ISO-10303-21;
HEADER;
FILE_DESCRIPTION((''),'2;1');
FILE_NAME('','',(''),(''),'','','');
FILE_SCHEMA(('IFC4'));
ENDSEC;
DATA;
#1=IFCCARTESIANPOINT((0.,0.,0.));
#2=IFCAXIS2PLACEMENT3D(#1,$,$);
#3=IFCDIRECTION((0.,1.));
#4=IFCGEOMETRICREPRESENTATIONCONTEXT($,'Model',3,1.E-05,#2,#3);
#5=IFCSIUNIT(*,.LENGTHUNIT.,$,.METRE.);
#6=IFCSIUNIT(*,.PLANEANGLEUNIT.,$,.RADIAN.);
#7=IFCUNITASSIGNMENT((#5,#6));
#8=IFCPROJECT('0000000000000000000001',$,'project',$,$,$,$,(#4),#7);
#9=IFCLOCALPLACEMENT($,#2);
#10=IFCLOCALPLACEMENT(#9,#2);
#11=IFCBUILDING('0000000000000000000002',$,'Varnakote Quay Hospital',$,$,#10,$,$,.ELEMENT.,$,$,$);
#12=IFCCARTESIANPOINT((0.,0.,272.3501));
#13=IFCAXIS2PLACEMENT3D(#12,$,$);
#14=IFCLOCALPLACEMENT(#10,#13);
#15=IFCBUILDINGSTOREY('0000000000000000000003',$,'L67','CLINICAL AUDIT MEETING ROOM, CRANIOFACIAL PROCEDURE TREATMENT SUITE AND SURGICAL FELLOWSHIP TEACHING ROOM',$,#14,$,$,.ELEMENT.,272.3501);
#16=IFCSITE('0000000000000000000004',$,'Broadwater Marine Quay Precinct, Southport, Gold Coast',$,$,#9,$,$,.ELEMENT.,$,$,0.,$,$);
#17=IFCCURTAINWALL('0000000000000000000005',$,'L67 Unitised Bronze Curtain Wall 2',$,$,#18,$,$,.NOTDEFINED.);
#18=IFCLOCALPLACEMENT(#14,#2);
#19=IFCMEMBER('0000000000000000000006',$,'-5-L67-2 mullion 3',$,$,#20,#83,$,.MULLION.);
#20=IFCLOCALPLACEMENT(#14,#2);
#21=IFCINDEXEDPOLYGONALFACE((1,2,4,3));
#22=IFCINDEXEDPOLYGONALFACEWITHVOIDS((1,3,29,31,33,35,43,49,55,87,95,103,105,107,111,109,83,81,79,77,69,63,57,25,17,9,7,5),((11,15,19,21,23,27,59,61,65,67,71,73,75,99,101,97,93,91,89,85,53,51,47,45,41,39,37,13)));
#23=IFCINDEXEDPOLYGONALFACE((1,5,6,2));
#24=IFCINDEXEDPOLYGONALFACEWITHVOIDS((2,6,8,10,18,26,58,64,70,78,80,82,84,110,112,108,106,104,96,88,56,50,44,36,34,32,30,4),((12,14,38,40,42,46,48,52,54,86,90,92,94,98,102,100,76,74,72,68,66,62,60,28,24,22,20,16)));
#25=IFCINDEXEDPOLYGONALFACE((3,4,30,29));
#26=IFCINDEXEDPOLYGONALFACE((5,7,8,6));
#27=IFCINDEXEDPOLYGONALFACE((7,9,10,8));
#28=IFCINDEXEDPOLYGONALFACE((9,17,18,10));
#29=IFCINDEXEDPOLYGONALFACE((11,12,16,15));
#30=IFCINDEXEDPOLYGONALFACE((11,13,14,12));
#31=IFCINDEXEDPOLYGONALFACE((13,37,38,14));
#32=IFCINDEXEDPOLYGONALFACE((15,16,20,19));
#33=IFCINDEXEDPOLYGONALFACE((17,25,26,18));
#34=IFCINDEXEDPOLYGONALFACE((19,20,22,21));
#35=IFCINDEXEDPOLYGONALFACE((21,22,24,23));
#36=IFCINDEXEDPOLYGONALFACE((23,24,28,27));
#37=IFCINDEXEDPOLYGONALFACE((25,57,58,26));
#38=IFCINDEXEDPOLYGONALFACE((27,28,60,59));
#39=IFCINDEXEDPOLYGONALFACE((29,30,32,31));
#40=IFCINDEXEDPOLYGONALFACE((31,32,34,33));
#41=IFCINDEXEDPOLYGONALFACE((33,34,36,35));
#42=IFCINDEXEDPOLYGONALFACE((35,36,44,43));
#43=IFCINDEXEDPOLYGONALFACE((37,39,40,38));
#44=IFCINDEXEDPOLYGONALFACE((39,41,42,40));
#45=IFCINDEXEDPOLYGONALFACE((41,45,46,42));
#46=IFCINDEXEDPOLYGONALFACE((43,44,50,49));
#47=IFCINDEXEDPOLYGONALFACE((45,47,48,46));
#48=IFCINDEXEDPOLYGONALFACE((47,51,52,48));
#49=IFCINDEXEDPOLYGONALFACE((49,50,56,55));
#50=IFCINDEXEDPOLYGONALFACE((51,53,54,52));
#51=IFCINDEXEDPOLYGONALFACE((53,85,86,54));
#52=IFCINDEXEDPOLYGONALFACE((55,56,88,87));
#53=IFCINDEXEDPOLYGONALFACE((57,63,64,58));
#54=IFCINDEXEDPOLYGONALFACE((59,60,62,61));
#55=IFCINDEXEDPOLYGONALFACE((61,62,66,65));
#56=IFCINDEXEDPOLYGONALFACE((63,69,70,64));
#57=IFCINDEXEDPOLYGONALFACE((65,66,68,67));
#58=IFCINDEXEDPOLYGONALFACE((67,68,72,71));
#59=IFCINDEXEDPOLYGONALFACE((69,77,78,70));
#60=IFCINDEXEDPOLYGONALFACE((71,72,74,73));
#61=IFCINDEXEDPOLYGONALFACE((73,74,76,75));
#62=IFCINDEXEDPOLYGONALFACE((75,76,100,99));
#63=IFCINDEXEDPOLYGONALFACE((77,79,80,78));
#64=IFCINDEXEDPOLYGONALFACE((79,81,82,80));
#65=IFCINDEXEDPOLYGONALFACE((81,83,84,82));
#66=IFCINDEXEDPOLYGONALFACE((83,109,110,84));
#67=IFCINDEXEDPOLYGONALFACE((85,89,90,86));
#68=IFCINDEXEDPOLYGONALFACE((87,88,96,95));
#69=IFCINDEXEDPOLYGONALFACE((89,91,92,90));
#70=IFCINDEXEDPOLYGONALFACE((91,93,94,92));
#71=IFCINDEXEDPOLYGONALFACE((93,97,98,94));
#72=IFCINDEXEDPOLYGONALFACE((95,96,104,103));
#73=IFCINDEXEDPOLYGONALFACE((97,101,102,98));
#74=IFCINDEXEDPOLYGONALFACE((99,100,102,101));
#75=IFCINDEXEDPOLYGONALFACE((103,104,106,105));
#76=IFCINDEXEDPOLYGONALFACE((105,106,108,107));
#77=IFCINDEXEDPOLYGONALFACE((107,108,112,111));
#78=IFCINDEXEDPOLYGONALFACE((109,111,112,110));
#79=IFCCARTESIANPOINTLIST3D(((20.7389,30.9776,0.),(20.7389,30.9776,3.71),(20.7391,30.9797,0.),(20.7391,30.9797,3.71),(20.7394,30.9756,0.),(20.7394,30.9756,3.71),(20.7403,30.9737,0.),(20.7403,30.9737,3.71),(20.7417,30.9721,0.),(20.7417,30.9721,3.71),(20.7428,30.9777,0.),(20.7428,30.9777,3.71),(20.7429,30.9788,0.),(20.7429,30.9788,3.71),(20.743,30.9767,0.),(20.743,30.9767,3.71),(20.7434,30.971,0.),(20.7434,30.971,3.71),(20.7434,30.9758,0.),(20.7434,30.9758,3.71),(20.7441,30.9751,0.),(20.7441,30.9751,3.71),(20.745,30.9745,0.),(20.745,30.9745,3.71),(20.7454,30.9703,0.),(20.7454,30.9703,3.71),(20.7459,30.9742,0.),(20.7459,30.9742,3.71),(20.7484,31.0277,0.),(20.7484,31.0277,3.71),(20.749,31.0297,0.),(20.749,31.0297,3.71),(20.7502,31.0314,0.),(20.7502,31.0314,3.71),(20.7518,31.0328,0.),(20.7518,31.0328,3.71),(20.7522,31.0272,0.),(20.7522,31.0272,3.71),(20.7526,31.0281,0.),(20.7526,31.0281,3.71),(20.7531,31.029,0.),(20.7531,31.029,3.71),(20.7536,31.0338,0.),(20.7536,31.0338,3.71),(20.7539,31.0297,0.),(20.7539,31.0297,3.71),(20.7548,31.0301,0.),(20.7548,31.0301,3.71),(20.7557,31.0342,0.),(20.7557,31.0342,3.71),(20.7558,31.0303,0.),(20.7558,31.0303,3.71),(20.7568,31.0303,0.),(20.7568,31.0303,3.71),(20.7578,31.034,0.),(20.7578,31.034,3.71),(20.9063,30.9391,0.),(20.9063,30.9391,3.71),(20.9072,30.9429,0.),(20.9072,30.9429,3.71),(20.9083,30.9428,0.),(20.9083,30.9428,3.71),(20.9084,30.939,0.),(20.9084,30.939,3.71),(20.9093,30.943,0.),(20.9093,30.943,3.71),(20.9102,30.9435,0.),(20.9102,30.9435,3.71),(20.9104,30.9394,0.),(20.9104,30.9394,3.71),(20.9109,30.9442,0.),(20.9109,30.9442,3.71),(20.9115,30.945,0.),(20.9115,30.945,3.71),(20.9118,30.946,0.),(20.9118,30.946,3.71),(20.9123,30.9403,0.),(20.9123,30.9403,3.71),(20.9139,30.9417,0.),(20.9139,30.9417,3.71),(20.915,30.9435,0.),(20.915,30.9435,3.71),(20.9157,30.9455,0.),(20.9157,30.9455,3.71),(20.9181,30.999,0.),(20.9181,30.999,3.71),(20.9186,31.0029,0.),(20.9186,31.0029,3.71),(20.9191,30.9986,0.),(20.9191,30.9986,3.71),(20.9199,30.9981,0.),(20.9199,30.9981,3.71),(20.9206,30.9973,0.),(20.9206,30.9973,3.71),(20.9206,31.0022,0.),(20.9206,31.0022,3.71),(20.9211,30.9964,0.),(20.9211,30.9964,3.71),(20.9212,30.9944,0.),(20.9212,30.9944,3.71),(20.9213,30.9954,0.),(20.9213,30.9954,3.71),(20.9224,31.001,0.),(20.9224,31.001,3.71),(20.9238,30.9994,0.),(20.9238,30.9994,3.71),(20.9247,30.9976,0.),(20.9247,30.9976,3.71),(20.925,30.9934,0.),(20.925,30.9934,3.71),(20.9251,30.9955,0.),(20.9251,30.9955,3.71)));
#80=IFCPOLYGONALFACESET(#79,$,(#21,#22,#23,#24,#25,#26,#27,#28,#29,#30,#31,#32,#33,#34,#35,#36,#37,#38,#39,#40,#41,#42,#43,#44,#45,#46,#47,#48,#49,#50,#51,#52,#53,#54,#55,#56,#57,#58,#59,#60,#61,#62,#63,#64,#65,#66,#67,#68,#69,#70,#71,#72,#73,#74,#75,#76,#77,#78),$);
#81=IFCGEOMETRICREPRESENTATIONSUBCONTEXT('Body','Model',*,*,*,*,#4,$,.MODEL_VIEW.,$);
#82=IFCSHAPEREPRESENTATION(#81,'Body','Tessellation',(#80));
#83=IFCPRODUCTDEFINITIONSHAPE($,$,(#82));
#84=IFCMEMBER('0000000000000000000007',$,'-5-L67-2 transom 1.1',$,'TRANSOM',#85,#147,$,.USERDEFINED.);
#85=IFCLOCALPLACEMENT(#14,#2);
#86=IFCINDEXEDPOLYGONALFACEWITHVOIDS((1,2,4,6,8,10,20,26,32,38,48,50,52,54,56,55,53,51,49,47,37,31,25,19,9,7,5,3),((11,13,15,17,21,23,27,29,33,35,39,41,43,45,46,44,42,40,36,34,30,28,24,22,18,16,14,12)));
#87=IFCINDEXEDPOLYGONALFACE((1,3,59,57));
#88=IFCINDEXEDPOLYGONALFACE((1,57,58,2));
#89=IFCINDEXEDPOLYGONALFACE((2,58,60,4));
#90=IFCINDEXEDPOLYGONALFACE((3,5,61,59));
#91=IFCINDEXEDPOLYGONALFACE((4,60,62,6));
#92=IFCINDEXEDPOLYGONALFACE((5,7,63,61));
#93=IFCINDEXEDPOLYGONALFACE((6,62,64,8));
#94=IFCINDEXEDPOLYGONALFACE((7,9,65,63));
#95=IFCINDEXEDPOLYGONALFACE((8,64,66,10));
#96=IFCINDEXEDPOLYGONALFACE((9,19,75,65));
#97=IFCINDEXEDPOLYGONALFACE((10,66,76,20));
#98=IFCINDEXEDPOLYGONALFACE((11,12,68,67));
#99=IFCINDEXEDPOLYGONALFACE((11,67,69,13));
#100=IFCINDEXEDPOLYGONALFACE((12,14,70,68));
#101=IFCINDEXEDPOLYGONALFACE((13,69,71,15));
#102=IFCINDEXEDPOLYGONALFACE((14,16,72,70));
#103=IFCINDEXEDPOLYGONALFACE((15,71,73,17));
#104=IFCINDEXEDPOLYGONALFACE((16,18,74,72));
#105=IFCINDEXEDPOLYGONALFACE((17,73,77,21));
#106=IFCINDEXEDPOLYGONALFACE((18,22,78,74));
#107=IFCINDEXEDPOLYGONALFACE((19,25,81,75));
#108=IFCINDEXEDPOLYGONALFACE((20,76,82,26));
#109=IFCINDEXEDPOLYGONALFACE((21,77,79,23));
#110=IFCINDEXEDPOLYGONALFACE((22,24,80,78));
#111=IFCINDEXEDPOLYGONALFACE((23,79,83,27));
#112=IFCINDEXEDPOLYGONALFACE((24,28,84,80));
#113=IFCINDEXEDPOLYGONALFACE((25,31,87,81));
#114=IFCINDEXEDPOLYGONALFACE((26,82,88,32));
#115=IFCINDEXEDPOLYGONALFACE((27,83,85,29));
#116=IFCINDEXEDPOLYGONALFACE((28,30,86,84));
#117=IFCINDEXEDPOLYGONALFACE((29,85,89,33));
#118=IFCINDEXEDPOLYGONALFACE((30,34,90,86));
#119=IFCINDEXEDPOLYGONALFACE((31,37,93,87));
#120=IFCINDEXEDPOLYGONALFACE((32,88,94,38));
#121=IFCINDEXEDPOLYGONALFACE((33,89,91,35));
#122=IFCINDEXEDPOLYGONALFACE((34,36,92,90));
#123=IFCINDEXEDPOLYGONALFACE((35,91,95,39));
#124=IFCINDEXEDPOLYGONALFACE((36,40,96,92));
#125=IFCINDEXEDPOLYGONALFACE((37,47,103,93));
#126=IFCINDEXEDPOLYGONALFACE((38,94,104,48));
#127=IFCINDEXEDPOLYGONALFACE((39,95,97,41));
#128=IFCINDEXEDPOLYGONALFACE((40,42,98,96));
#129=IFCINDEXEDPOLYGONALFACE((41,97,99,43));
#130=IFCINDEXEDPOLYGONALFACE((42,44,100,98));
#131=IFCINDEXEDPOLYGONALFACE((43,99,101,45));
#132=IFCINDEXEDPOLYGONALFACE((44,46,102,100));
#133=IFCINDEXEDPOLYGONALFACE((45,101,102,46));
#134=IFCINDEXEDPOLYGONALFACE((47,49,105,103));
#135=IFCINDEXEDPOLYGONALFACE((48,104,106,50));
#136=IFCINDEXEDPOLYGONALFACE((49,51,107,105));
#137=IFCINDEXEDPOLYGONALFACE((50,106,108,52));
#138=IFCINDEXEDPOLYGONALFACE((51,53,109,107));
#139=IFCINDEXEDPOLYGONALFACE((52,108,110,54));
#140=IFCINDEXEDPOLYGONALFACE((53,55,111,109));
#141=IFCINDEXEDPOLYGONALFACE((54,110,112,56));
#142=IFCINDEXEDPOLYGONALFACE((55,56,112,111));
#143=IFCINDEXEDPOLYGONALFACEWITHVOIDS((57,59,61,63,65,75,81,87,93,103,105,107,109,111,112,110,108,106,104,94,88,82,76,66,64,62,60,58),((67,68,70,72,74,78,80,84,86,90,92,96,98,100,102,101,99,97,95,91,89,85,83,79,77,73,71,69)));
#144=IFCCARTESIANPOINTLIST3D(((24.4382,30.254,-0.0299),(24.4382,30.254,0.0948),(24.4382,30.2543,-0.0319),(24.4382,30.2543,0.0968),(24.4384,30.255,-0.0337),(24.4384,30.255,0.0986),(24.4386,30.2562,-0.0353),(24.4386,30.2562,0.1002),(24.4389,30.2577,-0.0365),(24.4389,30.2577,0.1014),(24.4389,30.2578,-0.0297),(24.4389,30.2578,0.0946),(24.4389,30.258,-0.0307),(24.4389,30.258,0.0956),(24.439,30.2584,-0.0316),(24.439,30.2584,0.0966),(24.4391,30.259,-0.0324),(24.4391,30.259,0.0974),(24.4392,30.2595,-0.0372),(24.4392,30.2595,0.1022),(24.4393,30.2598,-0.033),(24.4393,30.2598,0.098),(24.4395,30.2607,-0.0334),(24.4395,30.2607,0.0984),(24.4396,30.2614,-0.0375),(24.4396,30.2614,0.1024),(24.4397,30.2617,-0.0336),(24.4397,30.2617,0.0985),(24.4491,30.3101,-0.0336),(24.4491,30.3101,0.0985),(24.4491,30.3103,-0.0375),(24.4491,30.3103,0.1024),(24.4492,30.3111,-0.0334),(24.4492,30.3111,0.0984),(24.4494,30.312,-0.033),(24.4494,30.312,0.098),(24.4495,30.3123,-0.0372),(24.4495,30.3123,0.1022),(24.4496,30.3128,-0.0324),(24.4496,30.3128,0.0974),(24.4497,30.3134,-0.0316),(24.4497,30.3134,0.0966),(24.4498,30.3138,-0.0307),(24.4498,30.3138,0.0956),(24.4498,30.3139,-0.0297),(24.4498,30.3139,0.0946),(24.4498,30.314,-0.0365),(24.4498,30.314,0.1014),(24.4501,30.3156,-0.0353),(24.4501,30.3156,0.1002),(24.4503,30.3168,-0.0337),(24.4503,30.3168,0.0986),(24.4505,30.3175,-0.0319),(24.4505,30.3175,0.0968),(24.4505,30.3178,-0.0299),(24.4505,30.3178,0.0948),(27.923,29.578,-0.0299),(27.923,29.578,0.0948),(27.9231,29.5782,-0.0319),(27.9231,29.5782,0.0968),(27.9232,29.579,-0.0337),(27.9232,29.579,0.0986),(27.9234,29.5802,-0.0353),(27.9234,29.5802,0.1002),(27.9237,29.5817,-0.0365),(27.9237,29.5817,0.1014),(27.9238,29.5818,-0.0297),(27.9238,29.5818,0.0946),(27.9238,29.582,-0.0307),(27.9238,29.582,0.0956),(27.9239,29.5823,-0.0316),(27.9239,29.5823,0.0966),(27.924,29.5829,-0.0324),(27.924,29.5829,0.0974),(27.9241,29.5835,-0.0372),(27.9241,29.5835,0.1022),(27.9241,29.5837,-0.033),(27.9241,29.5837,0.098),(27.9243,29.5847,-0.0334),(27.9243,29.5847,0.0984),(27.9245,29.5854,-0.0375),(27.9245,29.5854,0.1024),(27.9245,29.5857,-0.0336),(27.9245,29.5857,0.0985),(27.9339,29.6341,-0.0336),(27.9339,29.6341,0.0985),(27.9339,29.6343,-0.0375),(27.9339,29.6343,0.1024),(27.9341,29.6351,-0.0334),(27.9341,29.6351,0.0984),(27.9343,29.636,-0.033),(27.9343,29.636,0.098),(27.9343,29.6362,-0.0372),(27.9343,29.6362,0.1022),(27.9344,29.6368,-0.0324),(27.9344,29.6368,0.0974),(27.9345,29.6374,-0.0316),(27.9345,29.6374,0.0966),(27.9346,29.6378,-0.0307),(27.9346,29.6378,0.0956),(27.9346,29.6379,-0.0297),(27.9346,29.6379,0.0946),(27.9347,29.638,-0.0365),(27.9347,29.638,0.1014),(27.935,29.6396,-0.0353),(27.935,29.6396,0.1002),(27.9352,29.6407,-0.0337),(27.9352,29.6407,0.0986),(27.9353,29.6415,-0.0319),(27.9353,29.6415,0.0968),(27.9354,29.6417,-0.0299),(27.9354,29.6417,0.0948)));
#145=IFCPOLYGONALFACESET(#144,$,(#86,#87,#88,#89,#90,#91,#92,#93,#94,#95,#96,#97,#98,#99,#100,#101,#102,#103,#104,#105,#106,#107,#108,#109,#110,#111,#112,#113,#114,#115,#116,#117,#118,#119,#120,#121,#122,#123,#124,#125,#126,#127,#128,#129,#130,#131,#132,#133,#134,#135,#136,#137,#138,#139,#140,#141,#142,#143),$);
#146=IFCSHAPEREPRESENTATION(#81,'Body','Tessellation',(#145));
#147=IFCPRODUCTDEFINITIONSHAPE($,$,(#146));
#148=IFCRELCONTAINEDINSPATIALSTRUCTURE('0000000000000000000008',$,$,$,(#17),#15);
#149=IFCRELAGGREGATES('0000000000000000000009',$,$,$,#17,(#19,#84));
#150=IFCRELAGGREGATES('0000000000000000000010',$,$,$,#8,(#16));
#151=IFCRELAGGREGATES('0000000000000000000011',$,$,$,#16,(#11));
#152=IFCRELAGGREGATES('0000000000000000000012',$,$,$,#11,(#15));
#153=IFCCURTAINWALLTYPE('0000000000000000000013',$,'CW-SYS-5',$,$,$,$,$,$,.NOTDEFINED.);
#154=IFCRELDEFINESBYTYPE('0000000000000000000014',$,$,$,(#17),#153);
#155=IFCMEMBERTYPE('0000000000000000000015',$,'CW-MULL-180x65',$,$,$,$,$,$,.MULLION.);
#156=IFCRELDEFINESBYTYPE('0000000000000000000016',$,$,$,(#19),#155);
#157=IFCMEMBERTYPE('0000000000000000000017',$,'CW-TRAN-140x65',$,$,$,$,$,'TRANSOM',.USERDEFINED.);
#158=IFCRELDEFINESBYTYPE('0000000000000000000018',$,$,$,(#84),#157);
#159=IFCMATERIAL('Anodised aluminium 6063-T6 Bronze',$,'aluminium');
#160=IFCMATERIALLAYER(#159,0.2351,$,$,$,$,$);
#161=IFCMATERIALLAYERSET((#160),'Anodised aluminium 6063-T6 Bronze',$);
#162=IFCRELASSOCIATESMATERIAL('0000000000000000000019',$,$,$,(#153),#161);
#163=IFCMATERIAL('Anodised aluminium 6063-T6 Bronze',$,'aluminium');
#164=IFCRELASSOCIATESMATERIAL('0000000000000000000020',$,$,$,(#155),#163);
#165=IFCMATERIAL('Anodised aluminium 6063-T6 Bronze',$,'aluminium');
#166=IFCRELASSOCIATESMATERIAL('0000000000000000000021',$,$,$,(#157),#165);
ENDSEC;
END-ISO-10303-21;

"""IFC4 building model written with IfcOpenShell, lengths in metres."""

from ifc_helpers import new_model, si_unit, direction, frame, origin, origin_2d, place, context, subcontext, project, spatial, hollow_rectangle, extrude, material, layer, layer_set, material_profile, profile_set, type_object, element, aggregate, save


model = new_model("IFC4")

# Units and contexts
model_context = context("Model", 3, precision=1e-05, world=origin(), true_north=direction((0.0, 1.0)))
body_context = subcontext(model_context, "Body", "Model", "MODEL_VIEW")
ifc_project = project(units=[si_unit("LENGTHUNIT", "METRE"), si_unit("PLANEANGLEUNIT", "RADIAN")], contexts=[model_context])

# Site, building, storey
site_placement = place(None, origin())
site = spatial("IfcSite", under=ifc_project, at=site_placement, Name="Broadwater Marine Quay Precinct, Southport, Gold Coast", CompositionType="ELEMENT", RefElevation=0.0)
building_placement = place(site_placement, origin())
building = spatial("IfcBuilding", under=site, at=building_placement, Name="Varnakote Quay Hospital", CompositionType="ELEMENT")
storey_placement = place(building_placement, frame((0.0, 0.0, 272.3501)))
storey = spatial("IfcBuildingStorey", under=building, at=storey_placement, Name="L67", Description="CLINICAL AUDIT MEETING ROOM, CRANIOFACIAL PROCEDURE TREATMENT SUITE AND SURGICAL FELLOWSHIP TEACHING ROOM", CompositionType="ELEMENT", Elevation=272.3501)

# Shared definitions
ifc_material_1 = material(Name="Anodised aluminium 6063-T6 Bronze", Category="aluminium")
ifc_layer_1 = layer(ifc_material_1, 0.2351)
ifc_layer_set_1 = layer_set([ifc_layer_1], Name="Anodised aluminium 6063-T6 Bronze")
curtain_wall_type = type_object("IfcCurtainWallType", Name="CW-SYS-5", PredefinedType="NOTDEFINED", material=ifc_layer_set_1)
ifc_material_2 = material(Name="Anodised aluminium 6063-T6 Bronze", Category="aluminium")
ifc_material_profile_1 = material_profile(ifc_material_2, hollow_rectangle(XDim=0.0649, YDim=0.1799, WallThickness=0.0039, InnerFilletRadius=0.0039, OuterFilletRadius=0.0081, at=origin_2d()), Name="CW-MULL-180x65")
ifc_profile_set_1 = profile_set([ifc_material_profile_1], Name="Anodised aluminium 6063-T6 Bronze")
member_type_1 = type_object("IfcMemberType", Name="CW-MULL-180x65", PredefinedType="MULLION", material=ifc_profile_set_1)

# Curtain wall, members
curtain_wall_1_placement = place(storey_placement, origin())
curtain_wall_1 = element("IfcCurtainWall", 1, at=curtain_wall_1_placement, inside=storey, type_object=curtain_wall_type, Name="L67 Unitised Bronze Curtain Wall 2", PredefinedType="NOTDEFINED")
member_1_placement = place(storey_placement, frame((20.832, 30.9866, 0.0), z_axis=(0.0, 0.0, 1.0), x_axis=(-0.190434, -0.9817, 0.0)))
member_1 = element("IfcMember", 2, at=member_1_placement, type_object=member_type_1, Name="-5-L67-2 mullion 3", PredefinedType="MULLION", context=body_context, shape_type="SweptSolid", body=[
    extrude(hollow_rectangle(XDim=0.0649, YDim=0.1799, WallThickness=0.0039, InnerFilletRadius=0.0039, OuterFilletRadius=0.0081, at=origin_2d()), origin(), (0.0, 0.0, 1.0), 3.71),
])
ifc_material_3 = material(Name="Anodised aluminium 6063-T6 Bronze", Category="aluminium")
ifc_material_profile_2 = material_profile(ifc_material_3, hollow_rectangle(XDim=0.0649, YDim=0.1399, WallThickness=0.0039, InnerFilletRadius=0.0039, OuterFilletRadius=0.0076, at=origin_2d()), Name="CW-TRAN-140x65")
ifc_profile_set_2 = profile_set([ifc_material_profile_2], Name="Anodised aluminium 6063-T6 Bronze")
member_type_2 = type_object("IfcMemberType", Name="CW-TRAN-140x65", ElementType="TRANSOM", PredefinedType="USERDEFINED", material=ifc_profile_set_2)
member_2_placement = place(storey_placement, frame((27.9292, 29.6099, 0.0325), z_axis=(-0.981699, 0.190439, 0.0), x_axis=(-0.190439, -0.981699, 0.0)))
member_2 = element("IfcMember", 3, at=member_2_placement, type_object=member_type_2, Name="-5-L67-2 transom 1.1", ObjectType="TRANSOM", PredefinedType="USERDEFINED", context=body_context, shape_type="SweptSolid", body=[
    extrude(hollow_rectangle(XDim=0.0649, YDim=0.1399, WallThickness=0.0039, InnerFilletRadius=0.0039, OuterFilletRadius=0.0076, at=origin_2d()), origin(), (0.0, 0.0, 1.0), 3.5498),
])

aggregate(curtain_wall_1, [member_1, member_2])

save(model, "model.ifc")
